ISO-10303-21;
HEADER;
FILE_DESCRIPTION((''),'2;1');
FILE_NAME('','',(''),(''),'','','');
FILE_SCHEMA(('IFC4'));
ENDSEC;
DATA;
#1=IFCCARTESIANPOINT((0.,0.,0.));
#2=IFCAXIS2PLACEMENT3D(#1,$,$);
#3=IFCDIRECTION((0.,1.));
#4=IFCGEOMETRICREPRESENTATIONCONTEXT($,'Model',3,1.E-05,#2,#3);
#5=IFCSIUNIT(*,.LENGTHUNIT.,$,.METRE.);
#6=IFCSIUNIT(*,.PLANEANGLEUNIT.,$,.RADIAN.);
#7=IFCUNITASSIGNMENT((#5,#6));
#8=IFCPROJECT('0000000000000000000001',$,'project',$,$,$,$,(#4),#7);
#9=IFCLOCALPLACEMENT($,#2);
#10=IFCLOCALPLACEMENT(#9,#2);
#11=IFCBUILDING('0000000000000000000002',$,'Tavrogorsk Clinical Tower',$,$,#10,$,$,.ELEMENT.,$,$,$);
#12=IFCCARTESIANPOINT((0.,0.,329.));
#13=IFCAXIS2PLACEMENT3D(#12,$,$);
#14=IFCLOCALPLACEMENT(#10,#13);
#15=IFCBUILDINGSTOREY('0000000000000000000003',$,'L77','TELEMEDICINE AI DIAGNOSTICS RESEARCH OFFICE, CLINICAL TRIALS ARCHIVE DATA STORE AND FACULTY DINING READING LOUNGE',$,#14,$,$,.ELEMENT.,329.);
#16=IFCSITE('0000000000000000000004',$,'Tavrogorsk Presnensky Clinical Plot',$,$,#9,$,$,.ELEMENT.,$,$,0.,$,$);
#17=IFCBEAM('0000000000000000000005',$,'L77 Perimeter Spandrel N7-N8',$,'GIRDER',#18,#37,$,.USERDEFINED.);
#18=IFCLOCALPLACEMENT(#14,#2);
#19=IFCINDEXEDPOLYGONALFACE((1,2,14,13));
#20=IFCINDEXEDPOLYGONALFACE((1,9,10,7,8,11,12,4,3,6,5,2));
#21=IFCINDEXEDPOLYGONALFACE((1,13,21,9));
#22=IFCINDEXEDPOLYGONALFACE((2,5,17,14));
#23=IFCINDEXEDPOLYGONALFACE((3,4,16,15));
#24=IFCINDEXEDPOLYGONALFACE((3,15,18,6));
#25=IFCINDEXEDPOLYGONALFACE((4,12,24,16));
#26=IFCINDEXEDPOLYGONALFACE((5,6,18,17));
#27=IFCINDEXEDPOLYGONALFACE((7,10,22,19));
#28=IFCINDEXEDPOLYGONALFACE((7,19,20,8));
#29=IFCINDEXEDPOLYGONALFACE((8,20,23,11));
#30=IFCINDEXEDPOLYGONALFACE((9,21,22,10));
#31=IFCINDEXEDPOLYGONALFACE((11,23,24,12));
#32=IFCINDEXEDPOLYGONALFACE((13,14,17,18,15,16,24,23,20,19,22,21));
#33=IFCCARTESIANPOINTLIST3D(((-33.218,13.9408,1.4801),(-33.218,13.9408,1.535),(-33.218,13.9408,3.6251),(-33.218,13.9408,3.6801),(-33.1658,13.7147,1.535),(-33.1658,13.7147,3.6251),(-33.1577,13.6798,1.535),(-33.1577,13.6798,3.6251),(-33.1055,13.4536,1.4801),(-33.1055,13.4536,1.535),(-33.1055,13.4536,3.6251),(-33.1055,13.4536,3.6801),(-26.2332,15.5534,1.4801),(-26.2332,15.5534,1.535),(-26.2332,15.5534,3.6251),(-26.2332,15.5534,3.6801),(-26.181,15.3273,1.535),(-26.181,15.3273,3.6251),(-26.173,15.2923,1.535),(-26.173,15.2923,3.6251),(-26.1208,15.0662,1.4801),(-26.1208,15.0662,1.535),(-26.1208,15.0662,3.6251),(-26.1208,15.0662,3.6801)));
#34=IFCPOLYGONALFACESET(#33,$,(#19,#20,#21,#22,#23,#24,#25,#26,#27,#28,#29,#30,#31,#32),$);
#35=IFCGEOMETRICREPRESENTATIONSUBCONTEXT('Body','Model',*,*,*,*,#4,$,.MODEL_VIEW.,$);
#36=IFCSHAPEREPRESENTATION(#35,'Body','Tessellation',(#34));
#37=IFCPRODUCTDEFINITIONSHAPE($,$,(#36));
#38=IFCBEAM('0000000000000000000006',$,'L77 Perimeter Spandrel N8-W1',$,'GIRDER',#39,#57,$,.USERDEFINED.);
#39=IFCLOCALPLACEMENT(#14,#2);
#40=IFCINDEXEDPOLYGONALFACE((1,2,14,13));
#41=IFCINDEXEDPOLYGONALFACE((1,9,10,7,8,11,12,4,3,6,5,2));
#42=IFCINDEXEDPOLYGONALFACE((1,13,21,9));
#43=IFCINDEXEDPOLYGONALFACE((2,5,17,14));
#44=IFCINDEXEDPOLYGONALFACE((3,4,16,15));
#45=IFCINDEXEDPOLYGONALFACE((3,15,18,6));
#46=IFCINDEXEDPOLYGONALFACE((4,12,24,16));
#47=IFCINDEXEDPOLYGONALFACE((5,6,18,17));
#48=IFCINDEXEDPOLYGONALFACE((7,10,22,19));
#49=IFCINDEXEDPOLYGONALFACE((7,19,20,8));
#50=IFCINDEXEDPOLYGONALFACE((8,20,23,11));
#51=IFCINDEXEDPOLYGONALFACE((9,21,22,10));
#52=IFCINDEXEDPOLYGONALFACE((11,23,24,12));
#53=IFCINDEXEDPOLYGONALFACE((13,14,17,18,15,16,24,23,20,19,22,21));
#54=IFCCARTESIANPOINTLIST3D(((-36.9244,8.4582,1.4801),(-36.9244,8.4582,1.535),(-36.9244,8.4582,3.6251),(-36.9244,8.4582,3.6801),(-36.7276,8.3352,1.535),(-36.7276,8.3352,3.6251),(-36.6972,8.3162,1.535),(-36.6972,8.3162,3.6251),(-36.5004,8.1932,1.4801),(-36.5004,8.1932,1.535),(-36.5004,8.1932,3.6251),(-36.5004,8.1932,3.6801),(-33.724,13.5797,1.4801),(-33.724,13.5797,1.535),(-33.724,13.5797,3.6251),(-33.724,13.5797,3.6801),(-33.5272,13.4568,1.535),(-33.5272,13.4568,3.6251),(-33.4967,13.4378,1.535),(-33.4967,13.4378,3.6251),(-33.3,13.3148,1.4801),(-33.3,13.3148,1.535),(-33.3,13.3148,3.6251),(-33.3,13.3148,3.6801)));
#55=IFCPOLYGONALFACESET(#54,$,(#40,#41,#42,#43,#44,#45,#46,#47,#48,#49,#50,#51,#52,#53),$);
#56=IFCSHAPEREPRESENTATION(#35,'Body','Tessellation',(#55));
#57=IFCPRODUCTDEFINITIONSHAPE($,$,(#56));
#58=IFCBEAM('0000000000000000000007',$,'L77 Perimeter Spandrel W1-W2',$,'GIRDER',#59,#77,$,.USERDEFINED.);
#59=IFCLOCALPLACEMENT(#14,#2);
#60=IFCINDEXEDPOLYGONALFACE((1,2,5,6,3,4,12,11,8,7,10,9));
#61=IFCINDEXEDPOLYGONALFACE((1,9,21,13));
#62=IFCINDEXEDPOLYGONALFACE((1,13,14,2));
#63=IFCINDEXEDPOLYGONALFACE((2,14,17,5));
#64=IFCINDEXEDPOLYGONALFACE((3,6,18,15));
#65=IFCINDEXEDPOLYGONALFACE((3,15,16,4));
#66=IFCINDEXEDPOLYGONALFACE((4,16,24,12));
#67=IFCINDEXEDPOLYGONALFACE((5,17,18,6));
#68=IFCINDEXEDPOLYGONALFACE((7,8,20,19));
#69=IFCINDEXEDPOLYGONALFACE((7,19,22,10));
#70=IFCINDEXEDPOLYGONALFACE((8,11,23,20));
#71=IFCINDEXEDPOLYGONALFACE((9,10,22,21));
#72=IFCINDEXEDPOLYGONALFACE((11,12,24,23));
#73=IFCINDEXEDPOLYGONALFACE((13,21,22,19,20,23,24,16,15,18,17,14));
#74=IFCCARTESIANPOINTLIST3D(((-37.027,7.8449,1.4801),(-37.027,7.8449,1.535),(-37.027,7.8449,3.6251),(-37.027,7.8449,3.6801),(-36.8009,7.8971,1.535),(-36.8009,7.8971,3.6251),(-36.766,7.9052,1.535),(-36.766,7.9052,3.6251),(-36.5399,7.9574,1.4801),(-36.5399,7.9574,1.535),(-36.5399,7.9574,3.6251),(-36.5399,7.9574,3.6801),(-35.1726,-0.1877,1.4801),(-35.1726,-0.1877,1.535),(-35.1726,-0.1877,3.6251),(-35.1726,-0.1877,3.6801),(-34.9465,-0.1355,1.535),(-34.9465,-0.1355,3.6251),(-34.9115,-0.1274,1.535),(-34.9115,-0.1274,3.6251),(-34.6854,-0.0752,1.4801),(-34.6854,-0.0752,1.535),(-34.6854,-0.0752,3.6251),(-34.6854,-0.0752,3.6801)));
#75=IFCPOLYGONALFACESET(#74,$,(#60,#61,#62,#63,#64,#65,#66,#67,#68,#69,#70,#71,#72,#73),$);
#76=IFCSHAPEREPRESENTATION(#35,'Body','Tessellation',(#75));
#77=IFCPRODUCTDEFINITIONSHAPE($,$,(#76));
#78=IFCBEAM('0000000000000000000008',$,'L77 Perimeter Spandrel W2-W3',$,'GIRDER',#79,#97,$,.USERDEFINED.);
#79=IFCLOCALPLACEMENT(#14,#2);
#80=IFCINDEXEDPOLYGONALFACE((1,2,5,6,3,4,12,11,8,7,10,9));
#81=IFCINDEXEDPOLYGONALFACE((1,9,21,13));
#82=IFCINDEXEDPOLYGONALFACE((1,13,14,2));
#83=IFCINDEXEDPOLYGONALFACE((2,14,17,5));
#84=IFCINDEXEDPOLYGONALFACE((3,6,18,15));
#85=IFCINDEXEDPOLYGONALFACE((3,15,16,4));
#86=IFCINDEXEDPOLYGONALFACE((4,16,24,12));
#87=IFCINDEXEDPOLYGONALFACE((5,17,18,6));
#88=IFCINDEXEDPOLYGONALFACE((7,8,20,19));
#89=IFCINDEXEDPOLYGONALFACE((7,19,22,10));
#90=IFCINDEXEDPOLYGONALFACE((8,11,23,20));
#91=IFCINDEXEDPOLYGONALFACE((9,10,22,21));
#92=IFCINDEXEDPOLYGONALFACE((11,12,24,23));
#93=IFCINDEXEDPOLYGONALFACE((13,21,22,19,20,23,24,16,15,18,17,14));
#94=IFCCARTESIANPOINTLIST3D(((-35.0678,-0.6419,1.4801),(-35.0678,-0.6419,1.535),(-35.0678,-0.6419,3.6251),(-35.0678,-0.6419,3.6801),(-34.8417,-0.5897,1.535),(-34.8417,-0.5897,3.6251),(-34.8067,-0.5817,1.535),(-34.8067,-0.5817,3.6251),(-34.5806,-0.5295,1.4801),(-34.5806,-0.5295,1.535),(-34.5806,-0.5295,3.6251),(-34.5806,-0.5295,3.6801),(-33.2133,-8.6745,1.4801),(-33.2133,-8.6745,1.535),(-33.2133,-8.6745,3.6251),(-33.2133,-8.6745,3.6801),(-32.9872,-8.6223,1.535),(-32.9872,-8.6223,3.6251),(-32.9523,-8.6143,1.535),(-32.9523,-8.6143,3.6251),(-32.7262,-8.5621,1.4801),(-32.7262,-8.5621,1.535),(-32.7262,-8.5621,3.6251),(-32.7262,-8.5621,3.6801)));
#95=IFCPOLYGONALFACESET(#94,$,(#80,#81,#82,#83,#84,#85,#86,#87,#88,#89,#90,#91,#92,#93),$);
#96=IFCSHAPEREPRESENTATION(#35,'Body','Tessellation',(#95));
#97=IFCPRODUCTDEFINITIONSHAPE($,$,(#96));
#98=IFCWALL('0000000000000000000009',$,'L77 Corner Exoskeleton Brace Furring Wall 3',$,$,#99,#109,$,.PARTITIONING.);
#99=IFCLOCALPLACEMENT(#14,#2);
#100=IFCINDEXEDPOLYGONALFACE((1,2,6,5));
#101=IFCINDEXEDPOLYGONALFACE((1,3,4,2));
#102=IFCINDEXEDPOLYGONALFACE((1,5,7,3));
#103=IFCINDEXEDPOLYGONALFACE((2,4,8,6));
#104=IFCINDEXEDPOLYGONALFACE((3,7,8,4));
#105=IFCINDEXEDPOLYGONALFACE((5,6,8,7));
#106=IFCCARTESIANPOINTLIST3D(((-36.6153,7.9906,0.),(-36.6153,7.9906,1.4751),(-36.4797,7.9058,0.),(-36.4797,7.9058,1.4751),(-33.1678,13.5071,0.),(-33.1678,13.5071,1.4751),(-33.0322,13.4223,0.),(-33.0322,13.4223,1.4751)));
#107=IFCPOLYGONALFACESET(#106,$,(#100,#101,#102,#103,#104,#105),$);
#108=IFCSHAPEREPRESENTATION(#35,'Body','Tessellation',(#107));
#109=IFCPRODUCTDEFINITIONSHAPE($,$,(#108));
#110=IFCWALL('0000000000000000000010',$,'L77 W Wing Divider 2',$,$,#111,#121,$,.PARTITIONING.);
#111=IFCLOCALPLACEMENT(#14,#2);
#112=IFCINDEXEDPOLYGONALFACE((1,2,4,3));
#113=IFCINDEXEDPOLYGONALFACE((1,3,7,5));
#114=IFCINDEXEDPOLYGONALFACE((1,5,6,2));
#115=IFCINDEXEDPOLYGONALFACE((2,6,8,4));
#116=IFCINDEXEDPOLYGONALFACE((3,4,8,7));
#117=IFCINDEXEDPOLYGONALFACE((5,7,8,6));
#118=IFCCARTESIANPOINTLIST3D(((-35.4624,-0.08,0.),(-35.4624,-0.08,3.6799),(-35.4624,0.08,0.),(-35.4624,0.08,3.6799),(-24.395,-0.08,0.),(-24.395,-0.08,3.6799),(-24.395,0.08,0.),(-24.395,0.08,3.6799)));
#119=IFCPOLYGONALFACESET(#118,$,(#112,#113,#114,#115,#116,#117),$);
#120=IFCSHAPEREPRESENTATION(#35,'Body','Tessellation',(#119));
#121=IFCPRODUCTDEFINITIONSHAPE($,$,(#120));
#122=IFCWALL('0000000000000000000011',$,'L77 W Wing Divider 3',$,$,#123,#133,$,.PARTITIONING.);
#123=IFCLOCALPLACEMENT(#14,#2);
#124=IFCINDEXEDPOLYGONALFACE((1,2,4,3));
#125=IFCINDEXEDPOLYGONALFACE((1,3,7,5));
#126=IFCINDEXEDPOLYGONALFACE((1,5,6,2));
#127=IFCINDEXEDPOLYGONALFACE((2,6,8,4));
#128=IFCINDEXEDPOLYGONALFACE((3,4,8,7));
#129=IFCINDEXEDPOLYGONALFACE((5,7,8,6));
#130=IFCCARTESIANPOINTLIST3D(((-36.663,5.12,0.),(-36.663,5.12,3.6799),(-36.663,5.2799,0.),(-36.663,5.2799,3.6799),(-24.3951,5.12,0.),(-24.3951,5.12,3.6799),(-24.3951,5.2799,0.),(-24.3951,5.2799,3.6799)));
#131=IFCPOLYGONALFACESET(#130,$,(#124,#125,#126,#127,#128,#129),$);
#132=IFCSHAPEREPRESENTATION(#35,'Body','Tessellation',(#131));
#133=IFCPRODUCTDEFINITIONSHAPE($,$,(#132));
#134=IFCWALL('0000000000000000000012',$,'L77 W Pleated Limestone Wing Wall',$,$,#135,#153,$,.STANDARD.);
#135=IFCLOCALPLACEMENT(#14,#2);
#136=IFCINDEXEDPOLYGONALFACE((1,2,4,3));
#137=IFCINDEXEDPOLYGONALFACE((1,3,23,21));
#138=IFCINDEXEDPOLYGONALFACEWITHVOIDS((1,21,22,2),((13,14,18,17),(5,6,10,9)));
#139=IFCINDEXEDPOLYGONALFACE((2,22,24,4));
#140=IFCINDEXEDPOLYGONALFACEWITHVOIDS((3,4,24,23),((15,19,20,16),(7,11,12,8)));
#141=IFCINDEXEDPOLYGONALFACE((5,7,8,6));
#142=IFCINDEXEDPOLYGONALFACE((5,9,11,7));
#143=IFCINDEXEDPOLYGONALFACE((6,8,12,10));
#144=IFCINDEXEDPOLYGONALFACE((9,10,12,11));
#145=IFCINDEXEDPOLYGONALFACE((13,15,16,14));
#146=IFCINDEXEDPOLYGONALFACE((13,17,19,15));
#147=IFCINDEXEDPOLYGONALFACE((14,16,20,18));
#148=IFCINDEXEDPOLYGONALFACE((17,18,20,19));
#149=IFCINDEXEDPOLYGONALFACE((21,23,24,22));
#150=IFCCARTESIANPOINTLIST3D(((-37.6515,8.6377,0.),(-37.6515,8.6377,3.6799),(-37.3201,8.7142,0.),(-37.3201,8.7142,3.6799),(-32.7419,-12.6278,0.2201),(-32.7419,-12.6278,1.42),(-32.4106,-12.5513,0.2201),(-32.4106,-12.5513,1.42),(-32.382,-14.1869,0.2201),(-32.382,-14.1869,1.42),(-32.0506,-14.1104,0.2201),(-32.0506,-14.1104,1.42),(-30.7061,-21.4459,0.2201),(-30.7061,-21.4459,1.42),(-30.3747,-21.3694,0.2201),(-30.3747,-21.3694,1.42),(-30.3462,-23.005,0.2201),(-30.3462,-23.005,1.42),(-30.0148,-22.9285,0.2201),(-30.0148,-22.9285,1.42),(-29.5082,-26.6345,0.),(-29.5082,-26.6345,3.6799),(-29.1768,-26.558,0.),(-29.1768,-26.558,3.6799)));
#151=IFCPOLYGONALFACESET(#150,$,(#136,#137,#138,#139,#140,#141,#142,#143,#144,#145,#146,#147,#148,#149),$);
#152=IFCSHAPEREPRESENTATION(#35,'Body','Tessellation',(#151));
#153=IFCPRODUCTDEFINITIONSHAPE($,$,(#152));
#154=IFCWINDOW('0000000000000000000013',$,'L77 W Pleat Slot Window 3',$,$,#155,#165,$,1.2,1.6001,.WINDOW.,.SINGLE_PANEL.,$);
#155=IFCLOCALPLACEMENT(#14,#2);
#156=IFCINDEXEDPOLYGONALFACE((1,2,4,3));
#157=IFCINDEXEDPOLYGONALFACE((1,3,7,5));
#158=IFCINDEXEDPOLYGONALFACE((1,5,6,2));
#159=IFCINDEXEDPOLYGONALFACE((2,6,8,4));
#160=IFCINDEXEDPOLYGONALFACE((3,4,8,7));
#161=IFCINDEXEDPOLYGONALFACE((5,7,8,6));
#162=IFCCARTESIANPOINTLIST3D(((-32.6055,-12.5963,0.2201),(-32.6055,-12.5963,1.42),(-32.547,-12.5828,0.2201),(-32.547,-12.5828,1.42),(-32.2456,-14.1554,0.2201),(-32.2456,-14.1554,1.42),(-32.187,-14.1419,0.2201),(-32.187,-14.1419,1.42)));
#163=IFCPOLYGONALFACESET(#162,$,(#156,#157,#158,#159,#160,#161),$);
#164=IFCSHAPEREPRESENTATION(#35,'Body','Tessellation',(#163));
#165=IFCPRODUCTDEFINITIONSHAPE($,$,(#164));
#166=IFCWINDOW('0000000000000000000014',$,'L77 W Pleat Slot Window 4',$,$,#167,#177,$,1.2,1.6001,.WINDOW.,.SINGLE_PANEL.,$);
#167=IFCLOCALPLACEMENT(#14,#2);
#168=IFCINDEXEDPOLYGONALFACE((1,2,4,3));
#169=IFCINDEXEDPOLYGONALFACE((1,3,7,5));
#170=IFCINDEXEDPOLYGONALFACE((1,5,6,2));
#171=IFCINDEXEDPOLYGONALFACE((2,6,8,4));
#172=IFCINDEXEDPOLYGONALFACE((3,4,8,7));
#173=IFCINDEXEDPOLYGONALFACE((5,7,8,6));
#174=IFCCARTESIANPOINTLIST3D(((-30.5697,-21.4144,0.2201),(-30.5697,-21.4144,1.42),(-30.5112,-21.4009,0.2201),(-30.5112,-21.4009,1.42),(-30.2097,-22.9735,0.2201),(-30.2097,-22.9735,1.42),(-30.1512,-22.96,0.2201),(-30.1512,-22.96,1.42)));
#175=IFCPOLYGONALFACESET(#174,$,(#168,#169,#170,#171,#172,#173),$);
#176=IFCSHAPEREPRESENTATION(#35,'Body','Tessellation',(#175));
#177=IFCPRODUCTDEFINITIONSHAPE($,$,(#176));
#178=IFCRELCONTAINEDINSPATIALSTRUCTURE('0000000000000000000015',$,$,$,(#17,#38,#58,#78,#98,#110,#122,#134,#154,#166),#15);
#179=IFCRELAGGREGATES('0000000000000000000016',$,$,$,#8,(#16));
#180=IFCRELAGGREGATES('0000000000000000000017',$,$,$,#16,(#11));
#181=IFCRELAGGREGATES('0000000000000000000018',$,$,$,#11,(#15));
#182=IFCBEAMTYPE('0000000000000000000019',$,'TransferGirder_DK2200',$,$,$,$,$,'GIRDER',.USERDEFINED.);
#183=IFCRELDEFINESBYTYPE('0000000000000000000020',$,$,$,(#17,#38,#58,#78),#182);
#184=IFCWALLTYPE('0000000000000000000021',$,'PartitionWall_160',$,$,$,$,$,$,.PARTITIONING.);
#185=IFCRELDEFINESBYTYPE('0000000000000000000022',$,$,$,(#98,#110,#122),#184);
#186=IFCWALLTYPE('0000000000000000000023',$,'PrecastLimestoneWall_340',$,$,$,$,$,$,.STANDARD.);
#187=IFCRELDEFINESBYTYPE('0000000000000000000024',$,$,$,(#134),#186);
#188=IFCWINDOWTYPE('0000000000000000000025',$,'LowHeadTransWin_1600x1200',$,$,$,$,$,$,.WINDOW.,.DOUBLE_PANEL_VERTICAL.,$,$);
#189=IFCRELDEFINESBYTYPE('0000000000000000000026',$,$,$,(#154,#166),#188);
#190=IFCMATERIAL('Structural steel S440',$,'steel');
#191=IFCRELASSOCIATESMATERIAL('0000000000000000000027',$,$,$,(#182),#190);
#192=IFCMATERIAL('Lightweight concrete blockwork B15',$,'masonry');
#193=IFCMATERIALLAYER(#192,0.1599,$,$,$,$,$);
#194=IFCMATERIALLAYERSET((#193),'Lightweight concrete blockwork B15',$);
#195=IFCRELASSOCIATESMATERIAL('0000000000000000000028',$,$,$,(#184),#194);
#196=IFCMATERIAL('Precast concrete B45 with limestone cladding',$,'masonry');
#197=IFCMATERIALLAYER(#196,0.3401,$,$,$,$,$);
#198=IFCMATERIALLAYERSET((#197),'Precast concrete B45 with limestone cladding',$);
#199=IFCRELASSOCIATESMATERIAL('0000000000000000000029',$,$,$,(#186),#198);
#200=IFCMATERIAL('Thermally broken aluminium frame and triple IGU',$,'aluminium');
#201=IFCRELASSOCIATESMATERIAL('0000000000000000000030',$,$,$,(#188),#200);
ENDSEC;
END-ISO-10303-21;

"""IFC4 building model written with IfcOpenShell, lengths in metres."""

from ifc_helpers import new_model, si_unit, direction, frame, frame_2d, origin, origin_2d, place, context, subcontext, project, spatial, rectangle, i_section, extrude, material, layer, layer_set, material_profile, profile_set, type_object, element, fill, save


model = new_model("IFC4")

# Units and contexts
model_context = context("Model", 3, precision=1e-05, world=origin(), true_north=direction((0.0, 1.0)))
body_context = subcontext(model_context, "Body", "Model", "MODEL_VIEW")
ifc_project = project(units=[si_unit("LENGTHUNIT", "METRE"), si_unit("PLANEANGLEUNIT", "RADIAN")], contexts=[model_context])

# Site, building, storey
site_placement = place(None, origin())
site = spatial("IfcSite", under=ifc_project, at=site_placement, Name="Tavrogorsk Presnensky Clinical Plot", CompositionType="ELEMENT", RefElevation=0.0)
building_placement = place(site_placement, origin())
building = spatial("IfcBuilding", under=site, at=building_placement, Name="Tavrogorsk Clinical Tower", CompositionType="ELEMENT")
storey_placement = place(building_placement, frame((0.0, 0.0, 329.0)))
storey = spatial("IfcBuildingStorey", under=building, at=storey_placement, Name="L77", Description="TELEMEDICINE AI DIAGNOSTICS RESEARCH OFFICE, CLINICAL TRIALS ARCHIVE DATA STORE AND FACULTY DINING READING LOUNGE", CompositionType="ELEMENT", Elevation=329.0)

# Beams
ifc_material_1 = material(Name="Structural steel S440", Category="steel")
ifc_material_profile_1 = material_profile(ifc_material_1, i_section(OverallWidth=0.5, OverallDepth=2.2, WebThickness=0.0359, FlangeThickness=0.0549, at=origin_2d()), Name="DK-2200x500x36x55")
ifc_profile_set_1 = profile_set([ifc_material_profile_1], Name="Structural steel S440")
beam_type_1 = type_object("IfcBeamType", Name="TransferGirder_DK2200", ElementType="GIRDER", PredefinedType="USERDEFINED", material=ifc_profile_set_1)
beam_1_placement = place(storey_placement, frame((-26.177, 15.3098, 2.5801), z_axis=(-0.974369, -0.224954, 0.0), x_axis=(0.224954, -0.974369, 0.0)))
element("IfcBeam", 1, at=beam_1_placement, inside=storey, type_object=beam_type_1, Name="L77 Perimeter Spandrel N7-N8", ObjectType="GIRDER", PredefinedType="USERDEFINED", context=body_context, shape_type="SweptSolid", body=[
    extrude(i_section(OverallWidth=0.5, OverallDepth=2.2, WebThickness=0.0359, FlangeThickness=0.0549, at=origin_2d()), origin(), (0.0, 0.0, 1.0), 7.1685),
])
beam_2_placement = place(storey_placement, frame((-33.512, 13.4473, 2.5801), z_axis=(-0.529934, -0.848039, 0.0), x_axis=(0.848039, -0.529934, 0.0)))
element("IfcBeam", 2, at=beam_2_placement, inside=storey, type_object=beam_type_1, Name="L77 Perimeter Spandrel N8-W1", ObjectType="GIRDER", PredefinedType="USERDEFINED", context=body_context, shape_type="SweptSolid", body=[
    extrude(i_section(OverallWidth=0.5, OverallDepth=2.2, WebThickness=0.0359, FlangeThickness=0.0549, at=origin_2d()), origin(), (0.0, 0.0, 1.0), 6.0393),
])
for number, where, z_axis, x_axis, name in (
    (3, (-36.7834, 7.9011, 2.5801), (0.22495, -0.97437, 0.0), (0.97437, 0.22495, 0.0), "L77 Perimeter Spandrel W1-W2"),
    (4, (-34.8242, -0.5857, 2.5801), (0.22495, -0.97437, 0.0), (0.97437, 0.22495, 0.0), "L77 Perimeter Spandrel W2-W3"),
):
    element("IfcBeam", number, at=place(storey_placement, frame(where, z_axis=z_axis, x_axis=x_axis)), inside=storey, type_object=beam_type_1, Name=name, ObjectType="GIRDER", PredefinedType="USERDEFINED", context=body_context, shape_type="SweptSolid", body=[
        extrude(i_section(OverallWidth=0.5, OverallDepth=2.2, WebThickness=0.0359, FlangeThickness=0.0549, at=origin_2d()), origin(), (0.0, 0.0, 1.0), 8.2439),
    ])

# Walls
ifc_material_2 = material(Name="Lightweight concrete blockwork B15", Category="masonry")
ifc_layer_1 = layer(ifc_material_2, 0.1599)
ifc_layer_set_1 = layer_set([ifc_layer_1], Name="Lightweight concrete blockwork B15")
wall_type_1 = type_object("IfcWallType", Name="PartitionWall_160", PredefinedType="PARTITIONING", material=ifc_layer_set_1)
wall_1_placement = place(storey_placement, frame((-33.1001, 13.4646, 0.0), z_axis=(0.0, 0.0, 1.0), x_axis=(-0.529958, -0.848024, 0.0)))
element("IfcWall", 5, at=wall_1_placement, inside=storey, type_object=wall_type_1, Name="L77 Corner Exoskeleton Brace Furring Wall 3", PredefinedType="PARTITIONING", context=body_context, shape_type="SweptSolid", body=[
    extrude(rectangle(XDim=6.5051, YDim=0.1599, at=frame_2d((3.2524, 0.0))), origin(), (0.0, 0.0, 1.0), 1.4751),
])
wall_2_placement = place(storey_placement, frame((-35.4624, 0.0, 0.0), z_axis=(0.0, 0.0, 1.0), x_axis=(1.0, 0.0, 0.0)))
element("IfcWall", 6, at=wall_2_placement, inside=storey, type_object=wall_type_1, Name="L77 W Wing Divider 2", PredefinedType="PARTITIONING", context=body_context, shape_type="SweptSolid", body=[
    extrude(rectangle(XDim=11.0674, YDim=0.1599, at=frame_2d((5.5337, 0.0))), origin(), (0.0, 0.0, 1.0), 3.6799),
])
wall_3_placement = place(storey_placement, frame((-36.6628, 5.2, 0.0), z_axis=(0.0, 0.0, 1.0), x_axis=(1.0, 0.0, 0.0)))
element("IfcWall", 7, at=wall_3_placement, inside=storey, type_object=wall_type_1, Name="L77 W Wing Divider 3", PredefinedType="PARTITIONING", context=body_context, shape_type="SweptSolid", body=[
    extrude(rectangle(XDim=12.2678, YDim=0.1599, at=frame_2d((6.1338, 0.0))), origin(), (0.0, 0.0, 1.0), 3.6799),
])

# Wall, openings, windows
ifc_material_3 = material(Name="Precast concrete B45 with limestone cladding", Category="masonry")
ifc_layer_2 = layer(ifc_material_3, 0.3401)
ifc_layer_set_2 = layer_set([ifc_layer_2], Name="Precast concrete B45 with limestone cladding")
wall_type_2 = type_object("IfcWallType", Name="PrecastLimestoneWall_340", PredefinedType="STANDARD", material=ifc_layer_set_2)
wall_4_placement = place(storey_placement, frame((-37.4858, 8.676, 0.0), z_axis=(0.0, 0.0, 1.0), x_axis=(0.224953, -0.97437, 0.0)))
wall_4 = element("IfcWall", 8, at=wall_4_placement, inside=storey, type_object=wall_type_2, Name="L77 W Pleated Limestone Wing Wall", PredefinedType="STANDARD", context=body_context, shape_type="SweptSolid", body=[
    extrude(rectangle(XDim=36.2, YDim=0.3401, at=frame_2d((18.1001, 0.0))), origin(), (0.0, 0.0, 1.0), 3.6799),
])
opening_1_placement = place(wall_4_placement, frame((21.825, 0.0, 0.22)))
opening_1 = element("IfcOpeningElement", 9, at=opening_1_placement, cuts=wall_4, PredefinedType="OPENING", context=body_context, shape_type="SweptSolid", body=[
    extrude(rectangle(XDim=1.6001, YDim=1.2, at=frame_2d((0.8, 0.6001))), frame((0.0, 0.1799, 0.0), z_axis=(0.0, -1.0, 0.0), x_axis=(1.0, 0.0, 0.0)), (0.0, 0.0, 1.0), 0.3601),
])
opening_2_placement = place(wall_4_placement, frame((30.875, 0.0, 0.22)))
opening_2 = element("IfcOpeningElement", 10, at=opening_2_placement, cuts=wall_4, PredefinedType="OPENING", context=body_context, shape_type="SweptSolid", body=[
    extrude(rectangle(XDim=1.6001, YDim=1.2, at=frame_2d((0.8, 0.6001))), frame((0.0, 0.1799, 0.0), z_axis=(0.0, -1.0, 0.0), x_axis=(1.0, 0.0, 0.0)), (0.0, 0.0, 1.0), 0.3601),
])
ifc_material_4 = material(Name="Thermally broken aluminium frame and triple IGU", Category="aluminium")
window_type = type_object("IfcWindowType", Name="LowHeadTransWin_1600x1200", PartitioningType="DOUBLE_PANEL_VERTICAL", PredefinedType="WINDOW", material=ifc_material_4)
window_1_placement = place(opening_1_placement, origin())
window_1 = element("IfcWindow", 11, at=window_1_placement, inside=storey, type_object=window_type, Name="L77 W Pleat Slot Window 3", OverallHeight=1.2, OverallWidth=1.6001, PartitioningType="SINGLE_PANEL", PredefinedType="WINDOW", context=body_context, shape_type="SweptSolid", body=[
    extrude(rectangle(XDim=1.6001, YDim=1.2, at=frame_2d((0.8, 0.6001))), frame((0.0, 0.03, 0.0), z_axis=(0.0, -1.0, 0.0), x_axis=(1.0, 0.0, 0.0)), (0.0, 0.0, 1.0), 0.0601),
])
fill(opening_1, window_1)
window_2_placement = place(opening_2_placement, origin())
window_2 = element("IfcWindow", 12, at=window_2_placement, inside=storey, type_object=window_type, Name="L77 W Pleat Slot Window 4", OverallHeight=1.2, OverallWidth=1.6001, PartitioningType="SINGLE_PANEL", PredefinedType="WINDOW", context=body_context, shape_type="SweptSolid", body=[
    extrude(rectangle(XDim=1.6001, YDim=1.2, at=frame_2d((0.8, 0.6001))), frame((0.0, 0.03, 0.0), z_axis=(0.0, -1.0, 0.0), x_axis=(1.0, 0.0, 0.0)), (0.0, 0.0, 1.0), 0.0601),
])
fill(opening_2, window_2)

save(model, "model.ifc")
